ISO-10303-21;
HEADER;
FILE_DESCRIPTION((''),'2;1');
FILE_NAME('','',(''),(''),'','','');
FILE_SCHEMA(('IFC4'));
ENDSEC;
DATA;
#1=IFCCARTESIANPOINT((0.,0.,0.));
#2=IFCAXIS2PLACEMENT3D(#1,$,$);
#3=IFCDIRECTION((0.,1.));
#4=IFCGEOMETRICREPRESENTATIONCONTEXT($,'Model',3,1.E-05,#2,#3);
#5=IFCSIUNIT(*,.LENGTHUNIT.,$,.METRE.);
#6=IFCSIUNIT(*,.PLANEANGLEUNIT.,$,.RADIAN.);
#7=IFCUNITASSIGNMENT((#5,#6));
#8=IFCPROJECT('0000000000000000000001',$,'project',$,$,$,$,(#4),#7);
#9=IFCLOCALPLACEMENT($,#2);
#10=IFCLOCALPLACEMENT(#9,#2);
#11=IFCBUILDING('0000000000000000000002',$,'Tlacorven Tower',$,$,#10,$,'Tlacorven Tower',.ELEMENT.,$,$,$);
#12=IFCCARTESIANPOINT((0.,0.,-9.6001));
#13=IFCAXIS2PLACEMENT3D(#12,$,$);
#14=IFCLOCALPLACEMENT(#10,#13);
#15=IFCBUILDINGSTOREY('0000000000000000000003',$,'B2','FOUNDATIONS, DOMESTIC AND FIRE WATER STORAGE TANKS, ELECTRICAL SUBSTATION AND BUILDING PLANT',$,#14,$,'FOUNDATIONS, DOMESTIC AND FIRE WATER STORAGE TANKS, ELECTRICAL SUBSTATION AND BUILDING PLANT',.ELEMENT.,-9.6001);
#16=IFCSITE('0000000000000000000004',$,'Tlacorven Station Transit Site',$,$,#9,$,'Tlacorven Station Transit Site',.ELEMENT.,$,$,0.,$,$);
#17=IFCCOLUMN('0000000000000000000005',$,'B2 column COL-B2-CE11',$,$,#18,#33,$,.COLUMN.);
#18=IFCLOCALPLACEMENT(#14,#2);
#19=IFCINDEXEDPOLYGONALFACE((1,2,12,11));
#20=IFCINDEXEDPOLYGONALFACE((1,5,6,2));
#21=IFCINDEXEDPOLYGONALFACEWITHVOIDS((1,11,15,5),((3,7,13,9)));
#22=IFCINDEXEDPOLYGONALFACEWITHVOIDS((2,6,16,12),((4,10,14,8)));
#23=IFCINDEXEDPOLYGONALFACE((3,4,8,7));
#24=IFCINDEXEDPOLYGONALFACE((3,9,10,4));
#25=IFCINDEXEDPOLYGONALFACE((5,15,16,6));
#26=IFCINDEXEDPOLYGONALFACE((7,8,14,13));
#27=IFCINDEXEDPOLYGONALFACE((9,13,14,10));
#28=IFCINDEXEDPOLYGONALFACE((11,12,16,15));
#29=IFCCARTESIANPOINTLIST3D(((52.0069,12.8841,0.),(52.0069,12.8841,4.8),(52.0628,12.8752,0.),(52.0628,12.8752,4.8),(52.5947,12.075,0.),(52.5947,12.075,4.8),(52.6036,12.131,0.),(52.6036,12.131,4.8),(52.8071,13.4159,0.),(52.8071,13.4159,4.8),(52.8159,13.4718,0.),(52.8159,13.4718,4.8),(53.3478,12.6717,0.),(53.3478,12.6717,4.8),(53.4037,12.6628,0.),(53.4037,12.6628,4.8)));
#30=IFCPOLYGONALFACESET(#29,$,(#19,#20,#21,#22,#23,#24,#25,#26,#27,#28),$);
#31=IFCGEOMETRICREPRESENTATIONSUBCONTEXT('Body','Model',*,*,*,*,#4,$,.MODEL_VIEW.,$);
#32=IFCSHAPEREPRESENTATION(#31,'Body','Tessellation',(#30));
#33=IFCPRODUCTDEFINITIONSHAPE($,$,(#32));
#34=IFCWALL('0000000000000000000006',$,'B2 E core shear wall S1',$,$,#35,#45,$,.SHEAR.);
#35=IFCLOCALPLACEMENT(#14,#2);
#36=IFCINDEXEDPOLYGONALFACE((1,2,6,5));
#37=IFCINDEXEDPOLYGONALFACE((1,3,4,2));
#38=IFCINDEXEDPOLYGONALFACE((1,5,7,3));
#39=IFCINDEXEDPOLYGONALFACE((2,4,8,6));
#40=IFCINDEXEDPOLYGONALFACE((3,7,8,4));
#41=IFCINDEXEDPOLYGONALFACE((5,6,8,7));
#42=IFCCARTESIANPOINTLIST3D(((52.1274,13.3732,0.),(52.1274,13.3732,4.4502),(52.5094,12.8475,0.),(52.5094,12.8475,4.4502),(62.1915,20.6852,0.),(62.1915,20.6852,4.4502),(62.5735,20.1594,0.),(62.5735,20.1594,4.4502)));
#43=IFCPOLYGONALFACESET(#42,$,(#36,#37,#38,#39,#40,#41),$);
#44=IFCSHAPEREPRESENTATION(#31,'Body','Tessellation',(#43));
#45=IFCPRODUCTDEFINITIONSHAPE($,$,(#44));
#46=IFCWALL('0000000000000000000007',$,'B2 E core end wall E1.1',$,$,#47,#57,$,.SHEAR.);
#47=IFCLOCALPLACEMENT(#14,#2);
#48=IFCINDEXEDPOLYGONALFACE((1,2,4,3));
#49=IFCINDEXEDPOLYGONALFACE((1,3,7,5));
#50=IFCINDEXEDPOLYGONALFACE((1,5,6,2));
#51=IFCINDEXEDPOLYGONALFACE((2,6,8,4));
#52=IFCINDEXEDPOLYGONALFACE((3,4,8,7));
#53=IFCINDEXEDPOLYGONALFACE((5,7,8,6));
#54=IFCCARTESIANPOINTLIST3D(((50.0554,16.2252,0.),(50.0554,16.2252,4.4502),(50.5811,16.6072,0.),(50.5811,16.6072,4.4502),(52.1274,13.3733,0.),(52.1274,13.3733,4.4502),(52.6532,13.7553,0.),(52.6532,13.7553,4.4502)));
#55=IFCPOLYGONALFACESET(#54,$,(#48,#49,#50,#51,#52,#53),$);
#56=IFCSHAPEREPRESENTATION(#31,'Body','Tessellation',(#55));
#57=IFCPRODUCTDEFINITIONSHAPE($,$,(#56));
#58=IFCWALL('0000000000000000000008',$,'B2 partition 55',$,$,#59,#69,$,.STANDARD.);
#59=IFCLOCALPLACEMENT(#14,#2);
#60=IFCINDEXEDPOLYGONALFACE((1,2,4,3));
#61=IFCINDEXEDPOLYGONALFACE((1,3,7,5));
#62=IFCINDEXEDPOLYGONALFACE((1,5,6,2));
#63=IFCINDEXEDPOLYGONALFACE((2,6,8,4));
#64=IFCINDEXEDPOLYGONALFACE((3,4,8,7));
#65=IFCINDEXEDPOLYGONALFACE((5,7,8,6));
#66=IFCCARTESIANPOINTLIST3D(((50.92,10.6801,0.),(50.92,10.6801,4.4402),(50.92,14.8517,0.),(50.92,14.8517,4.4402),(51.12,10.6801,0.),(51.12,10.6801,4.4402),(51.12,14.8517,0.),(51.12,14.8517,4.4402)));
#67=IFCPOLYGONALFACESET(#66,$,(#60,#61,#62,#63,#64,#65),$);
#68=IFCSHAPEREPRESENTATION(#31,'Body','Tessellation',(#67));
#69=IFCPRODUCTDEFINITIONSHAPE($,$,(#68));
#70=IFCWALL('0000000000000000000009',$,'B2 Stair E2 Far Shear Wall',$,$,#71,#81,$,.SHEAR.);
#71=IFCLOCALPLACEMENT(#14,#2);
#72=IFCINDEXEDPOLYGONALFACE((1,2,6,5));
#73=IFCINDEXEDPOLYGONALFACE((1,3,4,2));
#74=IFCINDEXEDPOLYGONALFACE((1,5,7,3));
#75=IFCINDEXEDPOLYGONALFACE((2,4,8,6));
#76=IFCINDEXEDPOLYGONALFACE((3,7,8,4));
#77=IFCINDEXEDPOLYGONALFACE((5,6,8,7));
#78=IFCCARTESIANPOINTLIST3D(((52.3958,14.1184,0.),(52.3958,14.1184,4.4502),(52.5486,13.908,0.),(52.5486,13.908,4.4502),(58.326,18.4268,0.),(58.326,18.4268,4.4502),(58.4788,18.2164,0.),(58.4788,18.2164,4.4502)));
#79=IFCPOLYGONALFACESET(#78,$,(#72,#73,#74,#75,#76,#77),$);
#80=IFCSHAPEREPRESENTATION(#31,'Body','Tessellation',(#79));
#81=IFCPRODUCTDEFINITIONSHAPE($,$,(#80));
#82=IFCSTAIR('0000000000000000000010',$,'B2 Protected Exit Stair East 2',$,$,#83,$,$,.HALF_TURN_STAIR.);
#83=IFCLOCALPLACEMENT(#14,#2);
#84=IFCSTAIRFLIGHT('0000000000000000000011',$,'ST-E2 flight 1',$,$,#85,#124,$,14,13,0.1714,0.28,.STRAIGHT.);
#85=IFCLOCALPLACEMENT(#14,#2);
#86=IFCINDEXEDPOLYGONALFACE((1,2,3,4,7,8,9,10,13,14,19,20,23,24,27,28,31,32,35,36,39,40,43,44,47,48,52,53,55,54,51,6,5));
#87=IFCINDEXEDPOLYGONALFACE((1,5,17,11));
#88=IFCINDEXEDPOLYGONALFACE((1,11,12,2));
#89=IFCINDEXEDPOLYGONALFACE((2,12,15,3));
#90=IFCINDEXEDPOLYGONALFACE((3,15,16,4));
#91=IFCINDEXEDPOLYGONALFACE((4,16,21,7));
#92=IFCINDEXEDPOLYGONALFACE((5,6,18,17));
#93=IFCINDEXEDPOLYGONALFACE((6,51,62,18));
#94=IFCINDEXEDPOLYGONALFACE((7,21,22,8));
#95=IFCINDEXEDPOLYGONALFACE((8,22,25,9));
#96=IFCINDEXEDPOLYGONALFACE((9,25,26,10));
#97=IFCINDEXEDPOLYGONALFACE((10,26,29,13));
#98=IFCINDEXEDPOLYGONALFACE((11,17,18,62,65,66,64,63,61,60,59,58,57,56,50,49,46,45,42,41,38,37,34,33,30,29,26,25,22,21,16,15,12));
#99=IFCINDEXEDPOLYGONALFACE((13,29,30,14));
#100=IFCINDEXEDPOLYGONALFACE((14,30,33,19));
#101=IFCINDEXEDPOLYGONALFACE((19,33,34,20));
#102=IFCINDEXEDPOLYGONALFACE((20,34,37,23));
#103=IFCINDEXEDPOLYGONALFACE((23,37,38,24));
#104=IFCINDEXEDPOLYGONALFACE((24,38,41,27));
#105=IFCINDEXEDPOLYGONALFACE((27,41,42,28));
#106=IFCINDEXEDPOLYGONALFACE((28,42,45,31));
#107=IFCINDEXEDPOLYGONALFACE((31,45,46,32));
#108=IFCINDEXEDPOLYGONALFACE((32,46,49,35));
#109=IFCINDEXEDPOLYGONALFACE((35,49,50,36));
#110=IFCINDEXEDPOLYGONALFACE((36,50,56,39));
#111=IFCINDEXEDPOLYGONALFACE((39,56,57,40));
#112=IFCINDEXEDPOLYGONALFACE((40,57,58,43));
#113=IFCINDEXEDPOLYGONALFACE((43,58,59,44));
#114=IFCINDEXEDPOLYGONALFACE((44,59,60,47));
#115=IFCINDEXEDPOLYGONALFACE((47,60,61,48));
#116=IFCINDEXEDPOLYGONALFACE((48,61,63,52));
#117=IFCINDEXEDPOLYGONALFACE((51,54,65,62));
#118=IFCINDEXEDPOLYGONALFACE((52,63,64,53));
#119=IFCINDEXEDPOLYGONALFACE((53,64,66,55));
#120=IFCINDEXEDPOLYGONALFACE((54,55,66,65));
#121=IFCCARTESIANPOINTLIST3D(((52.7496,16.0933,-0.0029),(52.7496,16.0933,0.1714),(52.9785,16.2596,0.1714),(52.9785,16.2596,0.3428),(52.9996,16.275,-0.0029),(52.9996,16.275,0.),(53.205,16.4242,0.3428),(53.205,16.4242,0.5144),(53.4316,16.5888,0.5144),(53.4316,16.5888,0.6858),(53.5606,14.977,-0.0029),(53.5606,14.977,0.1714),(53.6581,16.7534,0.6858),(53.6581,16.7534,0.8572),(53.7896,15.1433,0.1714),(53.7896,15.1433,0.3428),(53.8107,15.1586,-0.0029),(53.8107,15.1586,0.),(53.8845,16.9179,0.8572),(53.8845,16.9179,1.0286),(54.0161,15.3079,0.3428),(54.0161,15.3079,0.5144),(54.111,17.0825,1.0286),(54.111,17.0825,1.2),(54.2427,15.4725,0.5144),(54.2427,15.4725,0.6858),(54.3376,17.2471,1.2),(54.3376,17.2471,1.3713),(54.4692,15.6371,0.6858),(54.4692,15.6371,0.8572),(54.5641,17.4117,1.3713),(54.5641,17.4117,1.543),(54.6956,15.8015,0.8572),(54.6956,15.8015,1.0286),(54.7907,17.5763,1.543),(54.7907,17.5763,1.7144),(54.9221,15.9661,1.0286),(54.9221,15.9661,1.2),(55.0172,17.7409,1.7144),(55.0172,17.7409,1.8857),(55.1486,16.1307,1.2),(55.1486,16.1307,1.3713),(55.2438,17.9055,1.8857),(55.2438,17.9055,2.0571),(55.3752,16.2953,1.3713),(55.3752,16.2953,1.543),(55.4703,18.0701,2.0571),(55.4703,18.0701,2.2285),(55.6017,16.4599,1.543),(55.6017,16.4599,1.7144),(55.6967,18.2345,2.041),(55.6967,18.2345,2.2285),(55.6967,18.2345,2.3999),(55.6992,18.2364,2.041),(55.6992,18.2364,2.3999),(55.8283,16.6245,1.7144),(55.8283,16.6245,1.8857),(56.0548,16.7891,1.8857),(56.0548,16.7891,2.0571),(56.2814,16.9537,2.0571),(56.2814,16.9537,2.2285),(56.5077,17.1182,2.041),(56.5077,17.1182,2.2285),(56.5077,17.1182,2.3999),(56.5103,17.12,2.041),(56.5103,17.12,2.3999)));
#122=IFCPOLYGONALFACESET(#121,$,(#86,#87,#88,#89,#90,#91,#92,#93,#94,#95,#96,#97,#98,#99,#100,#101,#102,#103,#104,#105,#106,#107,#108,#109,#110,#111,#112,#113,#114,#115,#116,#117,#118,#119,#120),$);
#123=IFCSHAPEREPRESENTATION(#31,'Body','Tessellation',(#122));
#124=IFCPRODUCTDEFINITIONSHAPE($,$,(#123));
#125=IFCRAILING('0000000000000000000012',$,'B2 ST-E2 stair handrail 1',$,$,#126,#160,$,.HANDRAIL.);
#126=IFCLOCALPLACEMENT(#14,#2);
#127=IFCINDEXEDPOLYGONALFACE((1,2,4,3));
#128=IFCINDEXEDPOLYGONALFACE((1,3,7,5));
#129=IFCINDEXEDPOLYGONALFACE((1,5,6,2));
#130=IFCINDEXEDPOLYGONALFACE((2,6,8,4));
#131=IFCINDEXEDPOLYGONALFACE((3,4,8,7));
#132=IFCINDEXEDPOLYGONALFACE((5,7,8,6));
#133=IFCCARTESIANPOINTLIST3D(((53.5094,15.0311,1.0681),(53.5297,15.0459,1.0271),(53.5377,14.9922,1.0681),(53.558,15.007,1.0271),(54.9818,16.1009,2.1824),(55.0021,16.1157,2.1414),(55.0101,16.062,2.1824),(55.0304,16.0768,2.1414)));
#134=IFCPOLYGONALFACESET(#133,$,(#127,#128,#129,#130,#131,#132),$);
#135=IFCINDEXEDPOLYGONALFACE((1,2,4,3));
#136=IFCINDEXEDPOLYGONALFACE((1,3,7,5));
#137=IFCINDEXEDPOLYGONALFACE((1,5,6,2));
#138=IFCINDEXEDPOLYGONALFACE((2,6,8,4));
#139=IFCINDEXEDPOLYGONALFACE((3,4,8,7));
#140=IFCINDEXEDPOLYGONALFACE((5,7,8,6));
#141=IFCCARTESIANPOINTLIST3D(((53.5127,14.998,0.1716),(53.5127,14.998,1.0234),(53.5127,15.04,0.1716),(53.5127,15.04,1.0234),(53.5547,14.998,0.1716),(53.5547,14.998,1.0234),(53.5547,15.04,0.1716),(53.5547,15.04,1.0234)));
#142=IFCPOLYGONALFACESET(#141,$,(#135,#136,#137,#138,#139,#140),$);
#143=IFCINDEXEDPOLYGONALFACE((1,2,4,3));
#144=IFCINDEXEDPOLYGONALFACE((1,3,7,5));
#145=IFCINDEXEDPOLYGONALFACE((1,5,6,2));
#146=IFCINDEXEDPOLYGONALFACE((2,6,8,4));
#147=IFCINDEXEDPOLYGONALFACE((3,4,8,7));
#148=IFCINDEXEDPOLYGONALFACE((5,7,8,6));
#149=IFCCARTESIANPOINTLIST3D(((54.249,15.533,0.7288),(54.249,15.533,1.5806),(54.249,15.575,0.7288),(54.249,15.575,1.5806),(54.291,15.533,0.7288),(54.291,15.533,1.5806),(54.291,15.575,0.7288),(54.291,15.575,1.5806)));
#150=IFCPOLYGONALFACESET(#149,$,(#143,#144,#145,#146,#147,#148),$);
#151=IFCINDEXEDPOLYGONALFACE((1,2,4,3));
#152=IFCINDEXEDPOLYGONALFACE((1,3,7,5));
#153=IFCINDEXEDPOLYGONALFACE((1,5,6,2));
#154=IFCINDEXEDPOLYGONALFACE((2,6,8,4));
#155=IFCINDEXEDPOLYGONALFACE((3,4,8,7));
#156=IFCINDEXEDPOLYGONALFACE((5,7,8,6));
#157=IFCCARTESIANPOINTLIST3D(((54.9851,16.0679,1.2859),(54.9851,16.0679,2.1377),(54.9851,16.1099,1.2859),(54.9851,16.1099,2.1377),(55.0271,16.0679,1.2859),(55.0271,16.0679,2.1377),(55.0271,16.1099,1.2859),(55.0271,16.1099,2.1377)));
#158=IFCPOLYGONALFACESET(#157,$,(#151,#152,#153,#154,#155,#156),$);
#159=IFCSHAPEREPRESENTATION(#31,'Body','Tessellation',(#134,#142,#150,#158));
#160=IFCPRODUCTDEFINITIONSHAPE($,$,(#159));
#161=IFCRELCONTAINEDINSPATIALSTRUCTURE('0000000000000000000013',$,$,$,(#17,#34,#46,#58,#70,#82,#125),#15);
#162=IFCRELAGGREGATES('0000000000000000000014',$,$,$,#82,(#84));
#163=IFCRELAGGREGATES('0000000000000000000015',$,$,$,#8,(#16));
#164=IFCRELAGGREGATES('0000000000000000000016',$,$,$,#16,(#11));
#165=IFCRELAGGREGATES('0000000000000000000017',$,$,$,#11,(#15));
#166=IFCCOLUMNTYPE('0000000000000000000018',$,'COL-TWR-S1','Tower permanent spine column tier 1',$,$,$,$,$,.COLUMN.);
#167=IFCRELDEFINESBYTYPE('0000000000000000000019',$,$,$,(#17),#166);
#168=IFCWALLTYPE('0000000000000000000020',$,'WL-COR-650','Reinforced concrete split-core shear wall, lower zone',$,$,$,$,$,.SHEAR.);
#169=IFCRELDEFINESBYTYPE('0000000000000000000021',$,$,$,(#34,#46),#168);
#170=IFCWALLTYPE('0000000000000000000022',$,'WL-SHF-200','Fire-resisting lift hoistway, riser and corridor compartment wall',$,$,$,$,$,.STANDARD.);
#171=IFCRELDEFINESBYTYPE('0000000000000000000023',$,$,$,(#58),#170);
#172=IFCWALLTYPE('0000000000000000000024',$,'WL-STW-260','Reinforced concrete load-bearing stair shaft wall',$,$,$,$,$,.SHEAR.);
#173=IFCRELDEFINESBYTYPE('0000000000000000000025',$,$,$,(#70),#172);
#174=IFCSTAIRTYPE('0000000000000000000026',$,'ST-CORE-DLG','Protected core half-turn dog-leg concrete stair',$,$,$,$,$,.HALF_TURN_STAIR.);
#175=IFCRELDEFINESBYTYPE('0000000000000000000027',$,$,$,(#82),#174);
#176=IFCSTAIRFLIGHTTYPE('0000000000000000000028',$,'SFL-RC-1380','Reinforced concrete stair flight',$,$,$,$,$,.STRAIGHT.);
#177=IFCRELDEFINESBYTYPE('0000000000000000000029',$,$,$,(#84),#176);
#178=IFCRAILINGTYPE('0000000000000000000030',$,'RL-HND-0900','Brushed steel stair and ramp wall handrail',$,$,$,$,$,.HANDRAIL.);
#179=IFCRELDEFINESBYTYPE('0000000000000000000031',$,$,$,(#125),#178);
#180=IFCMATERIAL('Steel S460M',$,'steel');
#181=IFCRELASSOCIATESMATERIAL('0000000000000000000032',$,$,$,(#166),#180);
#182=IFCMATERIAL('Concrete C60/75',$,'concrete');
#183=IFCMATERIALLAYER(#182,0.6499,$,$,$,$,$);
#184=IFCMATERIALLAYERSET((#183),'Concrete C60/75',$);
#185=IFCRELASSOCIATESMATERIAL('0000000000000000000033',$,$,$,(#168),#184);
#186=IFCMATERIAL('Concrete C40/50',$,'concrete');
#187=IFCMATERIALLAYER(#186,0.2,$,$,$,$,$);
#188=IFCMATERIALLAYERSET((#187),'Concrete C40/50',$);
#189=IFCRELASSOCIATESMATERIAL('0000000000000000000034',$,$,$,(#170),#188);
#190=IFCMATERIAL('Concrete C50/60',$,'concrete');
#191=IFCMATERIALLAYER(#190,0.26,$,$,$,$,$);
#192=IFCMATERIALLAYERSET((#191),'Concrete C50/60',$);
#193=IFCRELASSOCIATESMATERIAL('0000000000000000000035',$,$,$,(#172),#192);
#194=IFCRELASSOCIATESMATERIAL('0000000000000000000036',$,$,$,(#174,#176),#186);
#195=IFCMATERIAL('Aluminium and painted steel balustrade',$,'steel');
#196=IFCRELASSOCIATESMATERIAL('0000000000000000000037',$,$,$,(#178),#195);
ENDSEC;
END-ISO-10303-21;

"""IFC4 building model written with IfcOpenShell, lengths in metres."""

from ifc_helpers import new_model, si_unit, direction, frame, frame_2d, origin, origin_2d, place, context, subcontext, project, spatial, polyline, rectangle, hollow_rectangle, outline, extrude, source, transform, mapped, material, layer, layer_set, material_profile, profile_set, type_object, element, aggregate, save


model = new_model("IFC4")

# Units and contexts
model_context = context("Model", 3, precision=1e-05, world=origin(), true_north=direction((0.0, 1.0)))
body_context = subcontext(model_context, "Body", "Model", "MODEL_VIEW")
ifc_project = project(units=[si_unit("LENGTHUNIT", "METRE"), si_unit("PLANEANGLEUNIT", "RADIAN")], contexts=[model_context])

# Site, building, storey
site_placement = place(None, origin())
site = spatial("IfcSite", under=ifc_project, at=site_placement, Name="Tlacorven Station Transit Site", LongName="Tlacorven Station Transit Site", CompositionType="ELEMENT", RefElevation=0.0)
building_placement = place(site_placement, origin())
building = spatial("IfcBuilding", under=site, at=building_placement, Name="Tlacorven Tower", LongName="Tlacorven Tower", CompositionType="ELEMENT")
storey_placement = place(building_placement, frame((0.0, 0.0, -9.6001)))
storey = spatial("IfcBuildingStorey", under=building, at=storey_placement, Name="B2", Description="FOUNDATIONS, DOMESTIC AND FIRE WATER STORAGE TANKS, ELECTRICAL SUBSTATION AND BUILDING PLANT", LongName="FOUNDATIONS, DOMESTIC AND FIRE WATER STORAGE TANKS, ELECTRICAL SUBSTATION AND BUILDING PLANT", CompositionType="ELEMENT", Elevation=-9.6001)

# Shared definitions
ifc_material_1 = material(Name="Concrete C50/60", Category="concrete")

# Column
ifc_material_2 = material(Name="Steel S460M", Category="steel")
ifc_material_profile_1 = material_profile(ifc_material_2, hollow_rectangle(XDim=1.0, YDim=1.0, WallThickness=0.04, at=origin_2d()), Name="BOX 1000X1000X40")
ifc_profile_set_1 = profile_set([ifc_material_profile_1], Name="Steel S460M")
column_type_1 = type_object("IfcColumnType", Name="COL-TWR-S1", Description="Tower permanent spine column tier 1", PredefinedType="COLUMN", material=ifc_profile_set_1)
shared_shape_1 = source(origin(), body_context, "Body", "SweptSolid", [
    extrude(hollow_rectangle(XDim=1.0, YDim=1.0, WallThickness=0.04, at=origin_2d()), origin(), (0.0, 0.0, 1.0), 4.8),
])
column_1_placement = place(storey_placement, frame((52.7053, 12.7734, 0.0), z_axis=(0.0, 0.0, 1.0), x_axis=(0.809017, 0.587785, 0.0)))
element("IfcColumn", 1, at=column_1_placement, inside=storey, type_object=column_type_1, Name="B2 column COL-B2-CE11", PredefinedType="COLUMN", context=body_context, shape_type="MappedRepresentation", body=[
    mapped(shared_shape_1, transform((0.0, 0.0, 0.0), scale=1.0)),
])

# Walls
ifc_material_3 = material(Name="Concrete C60/75", Category="concrete")
ifc_layer_1 = layer(ifc_material_3, 0.6499)
ifc_layer_set_1 = layer_set([ifc_layer_1], Name="Concrete C60/75")
wall_type_1 = type_object("IfcWallType", Name="WL-COR-650", Description="Reinforced concrete split-core shear wall, lower zone", PredefinedType="SHEAR", material=ifc_layer_set_1)
wall_1_placement = place(storey_placement, frame((52.3184, 13.1104, 0.0), z_axis=(0.0, 0.0, 1.0), x_axis=(0.809019, 0.587782, 0.0)))
element("IfcWall", 2, at=wall_1_placement, inside=storey, type_object=wall_type_1, Name="B2 E core shear wall S1", PredefinedType="SHEAR", context=body_context, shape_type="SweptSolid", body=[
    extrude(rectangle(XDim=12.4399, YDim=0.6499, at=frame_2d((6.22, 0.0))), origin(), (0.0, 0.0, 1.0), 4.4502),
])
wall_2_placement = place(storey_placement, frame((52.3904, 13.5642, 0.0), z_axis=(0.0, 0.0, 1.0), x_axis=(-0.587797, 0.809009, 0.0)))
element("IfcWall", 3, at=wall_2_placement, inside=storey, type_object=wall_type_1, Name="B2 E core end wall E1.1", PredefinedType="SHEAR", context=body_context, shape_type="SweptSolid", body=[
    extrude(rectangle(XDim=3.5251, YDim=0.6499, at=frame_2d((1.7627, 0.0))), origin(), (0.0, 0.0, 1.0), 4.4502),
])
ifc_material_4 = material(Name="Concrete C40/50", Category="concrete")
ifc_layer_2 = layer(ifc_material_4, 0.2)
ifc_layer_set_2 = layer_set([ifc_layer_2], Name="Concrete C40/50")
wall_type_2 = type_object("IfcWallType", Name="WL-SHF-200", Description="Fire-resisting lift hoistway, riser and corridor compartment wall", PredefinedType="STANDARD", material=ifc_layer_set_2)
wall_3_placement = place(storey_placement, frame((51.02, 10.6799, 0.0), z_axis=(0.0, 0.0, 1.0), x_axis=(0.0, 1.0, 0.0)))
element("IfcWall", 4, at=wall_3_placement, inside=storey, type_object=wall_type_2, Name="B2 partition 55", PredefinedType="STANDARD", context=body_context, shape_type="SweptSolid", body=[
    extrude(rectangle(XDim=4.1716, YDim=0.2, at=frame_2d((2.0859, 0.0))), origin(), (0.0, 0.0, 1.0), 4.4402),
])
ifc_layer_3 = layer(ifc_material_1, 0.26)
ifc_layer_set_3 = layer_set([ifc_layer_3], Name="Concrete C50/60")
wall_type_3 = type_object("IfcWallType", Name="WL-STW-260", Description="Reinforced concrete load-bearing stair shaft wall", PredefinedType="SHEAR", material=ifc_layer_set_3)
wall_4_placement = place(storey_placement, frame((52.4722, 14.0132, 0.0), z_axis=(0.0, 0.0, 1.0), x_axis=(0.809028, 0.58777, 0.0)))
element("IfcWall", 5, at=wall_4_placement, inside=storey, type_object=wall_type_3, Name="B2 Stair E2 Far Shear Wall", PredefinedType="SHEAR", context=body_context, shape_type="SweptSolid", body=[
    extrude(rectangle(XDim=7.3301, YDim=0.26, at=frame_2d((3.665, 0.0))), origin(), (0.0, 0.0, 1.0), 4.4502),
])

# Stair, stair flight
stair_type = type_object("IfcStairType", Name="ST-CORE-DLG", Description="Protected core half-turn dog-leg concrete stair", PredefinedType="HALF_TURN_STAIR", material=ifc_material_4)
stair_placement = place(storey_placement, origin())
stair = element("IfcStair", 6, at=stair_placement, inside=storey, type_object=stair_type, Name="B2 Protected Exit Stair East 2", PredefinedType="HALF_TURN_STAIR")
stair_flight_type = type_object("IfcStairFlightType", Name="SFL-RC-1380", Description="Reinforced concrete stair flight", PredefinedType="STRAIGHT", material=ifc_material_4)
shared_shape_2 = source(origin(), body_context, "Body", "SweptSolid", [
    extrude(outline(polyline([(-0.0029, -0.0029), (-0.0029, 0.1714), (0.28, 0.1714), (0.28, 0.3428), (0.5601, 0.3428), (0.5601, 0.5144), (0.8401, 0.5144), (0.8401, 0.6858), (1.1201, 0.6858), (1.1201, 0.8572), (1.3999, 0.8572), (1.3999, 1.0286), (1.6799, 1.0286), (1.6799, 1.2), (1.96, 1.2), (1.96, 1.3713), (2.24, 1.3713), (2.24, 1.543), (2.52, 1.543), (2.52, 1.7144), (2.8, 1.7144), (2.8, 1.8857), (3.0801, 1.8857), (3.0801, 2.0571), (3.3601, 2.0571), (3.3601, 2.2285), (3.6399, 2.2285), (3.6399, 2.3999), (3.6431, 2.3999), (3.6431, 2.041), (3.6399, 2.041), (0.3062, 0.0), (0.3062, -0.0029), (-0.0029, -0.0029)])), frame((0.0, 0.6899, 0.0), z_axis=(0.0, -1.0, 0.0), x_axis=(1.0, 0.0, 0.0)), (0.0, 0.0, 1.0), 1.3799),
])
stair_flight_placement = place(storey_placement, frame((53.1575, 15.5369, 0.0), z_axis=(0.0, 0.0, 1.0), x_axis=(0.809017, 0.587785, 0.0)))
stair_flight = element("IfcStairFlight", 7, at=stair_flight_placement, type_object=stair_flight_type, Name="ST-E2 flight 1", NumberOfRisers=14, NumberOfTreads=13, PredefinedType="STRAIGHT", RiserHeight=0.1714, TreadLength=0.28, context=body_context, shape_type="MappedRepresentation", body=[
    mapped(shared_shape_2, transform((0.0, 0.0, 0.0), scale=1.0)),
])
aggregate(stair, [stair_flight])

# Railing
ifc_material_5 = material(Name="Aluminium and painted steel balustrade", Category="steel")
railing_type = type_object("IfcRailingType", Name="RL-HND-0900", Description="Brushed steel stair and ramp wall handrail", PredefinedType="HANDRAIL", material=ifc_material_5)
shared_shape_3 = source(origin(), body_context, "Body", "SweptSolid", [
    extrude(rectangle(XDim=0.0481, YDim=0.0481, at=origin_2d()), frame((0.0, 0.0, 0.876), z_axis=(0.689967, 0.501316, 0.522137), x_axis=(-0.587805, 0.809003, 0.0)), (0.0, 0.0, 1.0), 2.134),
    extrude(rectangle(XDim=0.042, YDim=0.042, at=origin_2d()), origin(), (0.0, 0.0, 1.0), 0.8518),
    extrude(rectangle(XDim=0.042, YDim=0.042, at=origin_2d()), frame((0.7363, 0.5349, 0.5571)), (0.0, 0.0, 1.0), 0.8518),
    extrude(rectangle(XDim=0.042, YDim=0.042, at=origin_2d()), frame((1.4724, 1.0698, 1.1143)), (0.0, 0.0, 1.0), 0.8518),
])
railing_placement = place(storey_placement, frame((53.5337, 15.019, 0.1716)))
element("IfcRailing", 8, at=railing_placement, inside=storey, type_object=railing_type, Name="B2 ST-E2 stair handrail 1", PredefinedType="HANDRAIL", context=body_context, shape_type="MappedRepresentation", body=[
    mapped(shared_shape_3, transform((0.0, 0.0, 0.0), scale=1.0)),
])

save(model, "model.ifc")
